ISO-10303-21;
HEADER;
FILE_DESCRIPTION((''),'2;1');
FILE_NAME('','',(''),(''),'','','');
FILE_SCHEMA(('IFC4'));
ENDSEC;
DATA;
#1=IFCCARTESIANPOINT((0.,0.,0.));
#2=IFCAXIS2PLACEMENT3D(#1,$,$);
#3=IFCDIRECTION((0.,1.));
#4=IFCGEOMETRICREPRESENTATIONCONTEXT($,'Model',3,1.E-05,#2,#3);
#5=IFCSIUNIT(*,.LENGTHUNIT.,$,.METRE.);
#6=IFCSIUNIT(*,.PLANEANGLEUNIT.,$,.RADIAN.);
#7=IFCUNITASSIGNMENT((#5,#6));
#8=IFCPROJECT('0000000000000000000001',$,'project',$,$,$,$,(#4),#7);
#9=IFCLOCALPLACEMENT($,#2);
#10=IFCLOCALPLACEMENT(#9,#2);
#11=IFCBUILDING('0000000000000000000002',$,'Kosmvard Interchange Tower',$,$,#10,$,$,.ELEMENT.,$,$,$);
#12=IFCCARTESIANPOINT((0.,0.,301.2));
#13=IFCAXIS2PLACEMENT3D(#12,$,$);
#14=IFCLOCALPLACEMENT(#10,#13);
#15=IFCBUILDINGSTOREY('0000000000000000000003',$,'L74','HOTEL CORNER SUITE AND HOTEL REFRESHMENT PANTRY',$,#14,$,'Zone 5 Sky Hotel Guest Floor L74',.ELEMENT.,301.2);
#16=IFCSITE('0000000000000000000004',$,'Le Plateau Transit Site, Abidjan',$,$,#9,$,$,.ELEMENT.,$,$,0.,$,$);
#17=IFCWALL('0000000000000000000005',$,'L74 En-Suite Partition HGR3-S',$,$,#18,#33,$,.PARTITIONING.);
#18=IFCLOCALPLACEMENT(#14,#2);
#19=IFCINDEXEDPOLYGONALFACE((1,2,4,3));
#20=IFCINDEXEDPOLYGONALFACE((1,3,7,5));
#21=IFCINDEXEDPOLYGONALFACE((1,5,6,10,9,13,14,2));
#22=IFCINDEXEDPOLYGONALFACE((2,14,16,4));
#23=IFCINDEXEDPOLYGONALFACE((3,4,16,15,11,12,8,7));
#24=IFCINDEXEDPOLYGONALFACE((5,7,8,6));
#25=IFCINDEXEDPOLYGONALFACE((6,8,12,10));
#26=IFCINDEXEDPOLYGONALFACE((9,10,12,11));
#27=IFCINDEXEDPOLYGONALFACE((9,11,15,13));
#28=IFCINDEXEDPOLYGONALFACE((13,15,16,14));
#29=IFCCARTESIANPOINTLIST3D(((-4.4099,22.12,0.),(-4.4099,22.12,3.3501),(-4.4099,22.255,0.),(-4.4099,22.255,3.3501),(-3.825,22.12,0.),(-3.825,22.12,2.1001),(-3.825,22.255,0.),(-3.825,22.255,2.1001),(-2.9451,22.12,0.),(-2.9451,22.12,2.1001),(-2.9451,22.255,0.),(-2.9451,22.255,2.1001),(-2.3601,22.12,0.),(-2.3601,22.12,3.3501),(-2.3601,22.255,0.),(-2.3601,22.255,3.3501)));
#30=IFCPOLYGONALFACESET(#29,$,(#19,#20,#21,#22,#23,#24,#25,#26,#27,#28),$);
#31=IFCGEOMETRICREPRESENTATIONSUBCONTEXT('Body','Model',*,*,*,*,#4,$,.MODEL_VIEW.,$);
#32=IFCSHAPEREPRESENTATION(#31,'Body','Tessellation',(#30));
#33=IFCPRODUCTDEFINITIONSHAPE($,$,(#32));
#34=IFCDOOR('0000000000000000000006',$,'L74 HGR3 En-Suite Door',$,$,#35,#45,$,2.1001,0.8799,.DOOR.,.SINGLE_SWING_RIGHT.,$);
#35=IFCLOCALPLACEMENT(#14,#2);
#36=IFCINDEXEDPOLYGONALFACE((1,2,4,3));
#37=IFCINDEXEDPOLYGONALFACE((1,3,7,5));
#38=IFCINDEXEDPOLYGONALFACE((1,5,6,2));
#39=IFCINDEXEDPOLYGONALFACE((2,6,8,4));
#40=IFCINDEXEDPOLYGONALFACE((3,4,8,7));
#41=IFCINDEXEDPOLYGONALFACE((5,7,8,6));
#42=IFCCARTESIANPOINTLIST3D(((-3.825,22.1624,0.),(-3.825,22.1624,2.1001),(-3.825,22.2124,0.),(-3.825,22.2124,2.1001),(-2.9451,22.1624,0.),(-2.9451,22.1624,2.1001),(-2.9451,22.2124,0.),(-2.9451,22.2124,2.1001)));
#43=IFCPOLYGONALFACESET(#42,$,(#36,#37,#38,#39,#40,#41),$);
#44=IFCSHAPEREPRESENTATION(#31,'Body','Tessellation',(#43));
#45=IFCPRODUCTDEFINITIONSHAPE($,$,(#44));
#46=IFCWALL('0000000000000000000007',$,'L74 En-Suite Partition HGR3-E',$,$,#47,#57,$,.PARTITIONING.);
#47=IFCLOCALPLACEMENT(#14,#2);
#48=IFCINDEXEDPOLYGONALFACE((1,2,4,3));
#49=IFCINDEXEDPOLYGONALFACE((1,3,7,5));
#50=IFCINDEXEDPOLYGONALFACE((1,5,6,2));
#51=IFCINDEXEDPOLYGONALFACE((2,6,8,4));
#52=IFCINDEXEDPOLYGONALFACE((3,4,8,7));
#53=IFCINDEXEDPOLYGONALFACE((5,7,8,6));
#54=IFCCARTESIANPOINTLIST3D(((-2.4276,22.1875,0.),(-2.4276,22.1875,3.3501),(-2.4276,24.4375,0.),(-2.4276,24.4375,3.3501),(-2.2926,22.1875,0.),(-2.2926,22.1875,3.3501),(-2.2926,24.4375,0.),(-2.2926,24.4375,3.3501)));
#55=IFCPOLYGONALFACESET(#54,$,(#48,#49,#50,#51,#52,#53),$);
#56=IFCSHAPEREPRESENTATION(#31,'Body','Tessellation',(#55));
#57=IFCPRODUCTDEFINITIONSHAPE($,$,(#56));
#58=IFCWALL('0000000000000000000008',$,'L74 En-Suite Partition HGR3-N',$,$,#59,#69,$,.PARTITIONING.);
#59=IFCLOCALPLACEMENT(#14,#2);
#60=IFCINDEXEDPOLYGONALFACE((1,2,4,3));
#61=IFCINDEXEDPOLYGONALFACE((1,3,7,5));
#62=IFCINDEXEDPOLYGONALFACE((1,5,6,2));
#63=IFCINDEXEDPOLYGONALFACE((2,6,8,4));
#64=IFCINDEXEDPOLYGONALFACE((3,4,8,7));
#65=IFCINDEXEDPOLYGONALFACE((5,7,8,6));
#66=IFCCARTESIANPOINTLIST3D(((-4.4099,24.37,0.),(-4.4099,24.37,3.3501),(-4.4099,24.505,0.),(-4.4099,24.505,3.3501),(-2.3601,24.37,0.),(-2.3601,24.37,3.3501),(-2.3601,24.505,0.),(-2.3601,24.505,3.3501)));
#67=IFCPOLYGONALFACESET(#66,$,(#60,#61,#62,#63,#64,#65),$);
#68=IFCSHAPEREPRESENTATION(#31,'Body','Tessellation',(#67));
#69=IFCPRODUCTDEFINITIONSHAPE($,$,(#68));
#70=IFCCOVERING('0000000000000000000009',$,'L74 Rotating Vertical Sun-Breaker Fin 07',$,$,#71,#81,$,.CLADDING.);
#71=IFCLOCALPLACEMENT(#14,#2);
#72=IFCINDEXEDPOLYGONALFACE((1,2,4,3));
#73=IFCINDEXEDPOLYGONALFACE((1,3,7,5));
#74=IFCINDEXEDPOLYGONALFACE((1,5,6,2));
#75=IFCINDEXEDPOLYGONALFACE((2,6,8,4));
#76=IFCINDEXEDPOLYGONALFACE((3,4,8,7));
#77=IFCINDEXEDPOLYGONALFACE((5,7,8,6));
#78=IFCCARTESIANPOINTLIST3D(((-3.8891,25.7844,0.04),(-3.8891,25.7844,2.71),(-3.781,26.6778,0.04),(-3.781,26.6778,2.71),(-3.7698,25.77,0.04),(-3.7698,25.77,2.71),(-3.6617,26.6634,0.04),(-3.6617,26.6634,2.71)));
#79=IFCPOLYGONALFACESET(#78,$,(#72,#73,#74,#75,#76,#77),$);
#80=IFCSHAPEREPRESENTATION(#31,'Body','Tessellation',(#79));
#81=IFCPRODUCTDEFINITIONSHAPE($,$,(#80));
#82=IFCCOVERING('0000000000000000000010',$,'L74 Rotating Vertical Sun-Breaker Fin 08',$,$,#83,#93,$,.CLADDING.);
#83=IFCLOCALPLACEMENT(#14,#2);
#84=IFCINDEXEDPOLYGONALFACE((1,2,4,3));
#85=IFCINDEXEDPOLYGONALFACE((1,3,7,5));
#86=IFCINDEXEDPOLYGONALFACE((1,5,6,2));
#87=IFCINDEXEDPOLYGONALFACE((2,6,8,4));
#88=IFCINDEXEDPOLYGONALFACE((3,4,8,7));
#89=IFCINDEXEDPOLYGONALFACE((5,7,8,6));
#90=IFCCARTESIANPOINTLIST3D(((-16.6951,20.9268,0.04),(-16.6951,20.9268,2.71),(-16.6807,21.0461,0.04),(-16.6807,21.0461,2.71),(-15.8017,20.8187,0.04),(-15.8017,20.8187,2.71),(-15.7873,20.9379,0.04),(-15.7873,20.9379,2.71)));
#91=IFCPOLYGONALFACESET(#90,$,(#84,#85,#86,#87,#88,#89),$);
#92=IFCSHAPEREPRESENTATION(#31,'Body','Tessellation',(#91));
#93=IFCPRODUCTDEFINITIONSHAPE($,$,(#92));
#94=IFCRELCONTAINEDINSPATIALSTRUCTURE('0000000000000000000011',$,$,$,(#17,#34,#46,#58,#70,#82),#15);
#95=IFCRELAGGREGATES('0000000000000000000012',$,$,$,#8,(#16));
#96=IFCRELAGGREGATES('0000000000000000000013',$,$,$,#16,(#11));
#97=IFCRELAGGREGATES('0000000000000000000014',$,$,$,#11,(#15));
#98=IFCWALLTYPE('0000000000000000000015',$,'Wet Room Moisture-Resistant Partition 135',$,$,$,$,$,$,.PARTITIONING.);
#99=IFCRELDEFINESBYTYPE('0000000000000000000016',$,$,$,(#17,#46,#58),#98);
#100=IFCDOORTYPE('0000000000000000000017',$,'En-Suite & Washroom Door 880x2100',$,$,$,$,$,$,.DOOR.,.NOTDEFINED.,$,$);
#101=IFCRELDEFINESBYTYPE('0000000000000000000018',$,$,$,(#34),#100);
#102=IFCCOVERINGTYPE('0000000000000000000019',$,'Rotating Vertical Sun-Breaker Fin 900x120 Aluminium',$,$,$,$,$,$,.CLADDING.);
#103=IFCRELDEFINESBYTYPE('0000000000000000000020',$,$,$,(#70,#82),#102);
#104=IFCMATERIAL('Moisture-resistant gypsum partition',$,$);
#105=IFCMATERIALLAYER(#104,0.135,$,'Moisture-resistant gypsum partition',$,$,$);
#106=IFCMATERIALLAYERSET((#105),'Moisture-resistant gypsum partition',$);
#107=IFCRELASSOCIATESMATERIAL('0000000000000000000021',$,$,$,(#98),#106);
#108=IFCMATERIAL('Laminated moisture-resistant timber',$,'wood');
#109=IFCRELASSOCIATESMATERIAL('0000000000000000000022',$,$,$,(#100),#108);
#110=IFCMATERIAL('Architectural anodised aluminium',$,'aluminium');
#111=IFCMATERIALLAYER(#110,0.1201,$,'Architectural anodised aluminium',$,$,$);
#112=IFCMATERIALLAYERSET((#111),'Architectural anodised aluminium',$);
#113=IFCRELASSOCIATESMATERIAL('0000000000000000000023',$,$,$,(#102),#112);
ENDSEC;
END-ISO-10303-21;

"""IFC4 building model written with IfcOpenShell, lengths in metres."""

from ifc_helpers import new_model, si_unit, direction, frame, frame_2d, origin, origin_2d, place, context, subcontext, project, spatial, rectangle, extrude, source, transform, mapped, material, layer, layer_set, type_object, element, fill, save


model = new_model("IFC4")

# Units and contexts
model_context = context("Model", 3, precision=1e-05, world=origin(), true_north=direction((0.0, 1.0)))
body_context = subcontext(model_context, "Body", "Model", "MODEL_VIEW")
ifc_project = project(units=[si_unit("LENGTHUNIT", "METRE"), si_unit("PLANEANGLEUNIT", "RADIAN")], contexts=[model_context])

# Site, building, storey
site_placement = place(None, origin())
site = spatial("IfcSite", under=ifc_project, at=site_placement, Name="Le Plateau Transit Site, Abidjan", CompositionType="ELEMENT", RefElevation=0.0)
building_placement = place(site_placement, origin())
building = spatial("IfcBuilding", under=site, at=building_placement, Name="Kosmvard Interchange Tower", CompositionType="ELEMENT")
storey_placement = place(building_placement, frame((0.0, 0.0, 301.2)))
storey = spatial("IfcBuildingStorey", under=building, at=storey_placement, Name="L74", Description="HOTEL CORNER SUITE AND HOTEL REFRESHMENT PANTRY", LongName="Zone 5 Sky Hotel Guest Floor L74", CompositionType="ELEMENT", Elevation=301.2)

# Wall, opening, door
ifc_material_1 = material(Name="Moisture-resistant gypsum partition")
ifc_layer_1 = layer(ifc_material_1, 0.135, Name="Moisture-resistant gypsum partition")
ifc_layer_set_1 = layer_set([ifc_layer_1], Name="Moisture-resistant gypsum partition")
wall_type_1 = type_object("IfcWallType", Name="Wet Room Moisture-Resistant Partition 135", PredefinedType="PARTITIONING", material=ifc_layer_set_1)
wall_1_placement = place(storey_placement, frame((-4.4099, 22.1875, 0.0), z_axis=(0.0, 0.0, 1.0), x_axis=(1.0, 0.0, 0.0)))
wall_1 = element("IfcWall", 1, at=wall_1_placement, inside=storey, type_object=wall_type_1, Name="L74 En-Suite Partition HGR3-S", PredefinedType="PARTITIONING", context=body_context, shape_type="SweptSolid", body=[
    extrude(rectangle(XDim=2.0498, YDim=0.135, at=frame_2d((1.0249, 0.0))), origin(), (0.0, 0.0, 1.0), 3.3501),
])
opening_1_placement = place(wall_1_placement, frame((0.585, 0.0, 0.0)))
opening_1 = element("IfcOpeningElement", 2, at=opening_1_placement, cuts=wall_1, PredefinedType="OPENING", context=body_context, shape_type="SweptSolid", body=[
    extrude(rectangle(XDim=0.8799, YDim=2.1001, at=frame_2d((0.4399, 1.05))), frame((0.0, 0.0776, 0.0), z_axis=(0.0, -1.0, 0.0), x_axis=(1.0, 0.0, 0.0)), (0.0, 0.0, 1.0), 0.155),
])
ifc_material_2 = material(Name="Laminated moisture-resistant timber", Category="wood")
door_type_1 = type_object("IfcDoorType", Name="En-Suite & Washroom Door 880x2100", OperationType="NOTDEFINED", PredefinedType="DOOR", material=ifc_material_2)
shared_shape_1 = source(origin(), body_context, "Body", "SweptSolid", [
    extrude(rectangle(XDim=0.8799, YDim=2.1001, at=frame_2d((0.4399, 1.05))), frame((0.0, 0.0249, 0.0), z_axis=(0.0, -1.0, 0.0), x_axis=(1.0, 0.0, 0.0)), (0.0, 0.0, 1.0), 0.05),
])
door_1_placement = place(opening_1_placement, origin())
door_1 = element("IfcDoor", 3, at=door_1_placement, inside=storey, type_object=door_type_1, Name="L74 HGR3 En-Suite Door", OperationType="SINGLE_SWING_RIGHT", OverallHeight=2.1001, OverallWidth=0.8799, PredefinedType="DOOR", context=body_context, shape_type="MappedRepresentation", body=[
    mapped(shared_shape_1, transform((0.0, 0.0, 0.0), scale=1.0)),
])
fill(opening_1, door_1)

# Walls
wall_2_placement = place(storey_placement, frame((-2.3601, 22.1875, 0.0), z_axis=(0.0, 0.0, 1.0), x_axis=(0.0, 1.0, 0.0)))
element("IfcWall", 4, at=wall_2_placement, inside=storey, type_object=wall_type_1, Name="L74 En-Suite Partition HGR3-E", PredefinedType="PARTITIONING", context=body_context, shape_type="SweptSolid", body=[
    extrude(rectangle(XDim=2.25, YDim=0.135, at=frame_2d((1.125, 0.0))), origin(), (0.0, 0.0, 1.0), 3.3501),
])
wall_3_placement = place(storey_placement, frame((-4.4099, 24.4375, 0.0), z_axis=(0.0, 0.0, 1.0), x_axis=(1.0, 0.0, 0.0)))
element("IfcWall", 5, at=wall_3_placement, inside=storey, type_object=wall_type_1, Name="L74 En-Suite Partition HGR3-N", PredefinedType="PARTITIONING", context=body_context, shape_type="SweptSolid", body=[
    extrude(rectangle(XDim=2.0498, YDim=0.135, at=frame_2d((1.0249, 0.0))), origin(), (0.0, 0.0, 1.0), 3.3501),
])

# Coverings
ifc_material_3 = material(Name="Architectural anodised aluminium", Category="aluminium")
ifc_layer_2 = layer(ifc_material_3, 0.1201, Name="Architectural anodised aluminium")
ifc_layer_set_2 = layer_set([ifc_layer_2], Name="Architectural anodised aluminium")
covering_type = type_object("IfcCoveringType", Name="Rotating Vertical Sun-Breaker Fin 900x120 Aluminium", PredefinedType="CLADDING", material=ifc_layer_set_2)
shared_shape_2 = source(origin(), body_context, "Body", "SweptSolid", [
    extrude(rectangle(XDim=0.8999, YDim=0.1201, at=origin_2d()), origin(), (0.0, 0.0, 1.0), 2.6699),
])
for number, where, z_axis, x_axis, name in (
    (6, (-3.7754, 26.2239, 0.04), (0.0, 0.0, 1.0), (0.120137, 0.992757, 0.0), "L74 Rotating Vertical Sun-Breaker Fin 07"),
    (7, (-16.2412, 20.9324, 0.04), (0.0, 0.0, 1.0), (-0.992757, 0.120137, 0.0), "L74 Rotating Vertical Sun-Breaker Fin 08"),
):
    element("IfcCovering", number, at=place(storey_placement, frame(where, z_axis=z_axis, x_axis=x_axis)), inside=storey, type_object=covering_type, Name=name, PredefinedType="CLADDING", context=body_context, shape_type="MappedRepresentation", body=[
        mapped(shared_shape_2, transform((0.0, 0.0, 0.0), scale=1.0)),
    ])

save(model, "model.ifc")
